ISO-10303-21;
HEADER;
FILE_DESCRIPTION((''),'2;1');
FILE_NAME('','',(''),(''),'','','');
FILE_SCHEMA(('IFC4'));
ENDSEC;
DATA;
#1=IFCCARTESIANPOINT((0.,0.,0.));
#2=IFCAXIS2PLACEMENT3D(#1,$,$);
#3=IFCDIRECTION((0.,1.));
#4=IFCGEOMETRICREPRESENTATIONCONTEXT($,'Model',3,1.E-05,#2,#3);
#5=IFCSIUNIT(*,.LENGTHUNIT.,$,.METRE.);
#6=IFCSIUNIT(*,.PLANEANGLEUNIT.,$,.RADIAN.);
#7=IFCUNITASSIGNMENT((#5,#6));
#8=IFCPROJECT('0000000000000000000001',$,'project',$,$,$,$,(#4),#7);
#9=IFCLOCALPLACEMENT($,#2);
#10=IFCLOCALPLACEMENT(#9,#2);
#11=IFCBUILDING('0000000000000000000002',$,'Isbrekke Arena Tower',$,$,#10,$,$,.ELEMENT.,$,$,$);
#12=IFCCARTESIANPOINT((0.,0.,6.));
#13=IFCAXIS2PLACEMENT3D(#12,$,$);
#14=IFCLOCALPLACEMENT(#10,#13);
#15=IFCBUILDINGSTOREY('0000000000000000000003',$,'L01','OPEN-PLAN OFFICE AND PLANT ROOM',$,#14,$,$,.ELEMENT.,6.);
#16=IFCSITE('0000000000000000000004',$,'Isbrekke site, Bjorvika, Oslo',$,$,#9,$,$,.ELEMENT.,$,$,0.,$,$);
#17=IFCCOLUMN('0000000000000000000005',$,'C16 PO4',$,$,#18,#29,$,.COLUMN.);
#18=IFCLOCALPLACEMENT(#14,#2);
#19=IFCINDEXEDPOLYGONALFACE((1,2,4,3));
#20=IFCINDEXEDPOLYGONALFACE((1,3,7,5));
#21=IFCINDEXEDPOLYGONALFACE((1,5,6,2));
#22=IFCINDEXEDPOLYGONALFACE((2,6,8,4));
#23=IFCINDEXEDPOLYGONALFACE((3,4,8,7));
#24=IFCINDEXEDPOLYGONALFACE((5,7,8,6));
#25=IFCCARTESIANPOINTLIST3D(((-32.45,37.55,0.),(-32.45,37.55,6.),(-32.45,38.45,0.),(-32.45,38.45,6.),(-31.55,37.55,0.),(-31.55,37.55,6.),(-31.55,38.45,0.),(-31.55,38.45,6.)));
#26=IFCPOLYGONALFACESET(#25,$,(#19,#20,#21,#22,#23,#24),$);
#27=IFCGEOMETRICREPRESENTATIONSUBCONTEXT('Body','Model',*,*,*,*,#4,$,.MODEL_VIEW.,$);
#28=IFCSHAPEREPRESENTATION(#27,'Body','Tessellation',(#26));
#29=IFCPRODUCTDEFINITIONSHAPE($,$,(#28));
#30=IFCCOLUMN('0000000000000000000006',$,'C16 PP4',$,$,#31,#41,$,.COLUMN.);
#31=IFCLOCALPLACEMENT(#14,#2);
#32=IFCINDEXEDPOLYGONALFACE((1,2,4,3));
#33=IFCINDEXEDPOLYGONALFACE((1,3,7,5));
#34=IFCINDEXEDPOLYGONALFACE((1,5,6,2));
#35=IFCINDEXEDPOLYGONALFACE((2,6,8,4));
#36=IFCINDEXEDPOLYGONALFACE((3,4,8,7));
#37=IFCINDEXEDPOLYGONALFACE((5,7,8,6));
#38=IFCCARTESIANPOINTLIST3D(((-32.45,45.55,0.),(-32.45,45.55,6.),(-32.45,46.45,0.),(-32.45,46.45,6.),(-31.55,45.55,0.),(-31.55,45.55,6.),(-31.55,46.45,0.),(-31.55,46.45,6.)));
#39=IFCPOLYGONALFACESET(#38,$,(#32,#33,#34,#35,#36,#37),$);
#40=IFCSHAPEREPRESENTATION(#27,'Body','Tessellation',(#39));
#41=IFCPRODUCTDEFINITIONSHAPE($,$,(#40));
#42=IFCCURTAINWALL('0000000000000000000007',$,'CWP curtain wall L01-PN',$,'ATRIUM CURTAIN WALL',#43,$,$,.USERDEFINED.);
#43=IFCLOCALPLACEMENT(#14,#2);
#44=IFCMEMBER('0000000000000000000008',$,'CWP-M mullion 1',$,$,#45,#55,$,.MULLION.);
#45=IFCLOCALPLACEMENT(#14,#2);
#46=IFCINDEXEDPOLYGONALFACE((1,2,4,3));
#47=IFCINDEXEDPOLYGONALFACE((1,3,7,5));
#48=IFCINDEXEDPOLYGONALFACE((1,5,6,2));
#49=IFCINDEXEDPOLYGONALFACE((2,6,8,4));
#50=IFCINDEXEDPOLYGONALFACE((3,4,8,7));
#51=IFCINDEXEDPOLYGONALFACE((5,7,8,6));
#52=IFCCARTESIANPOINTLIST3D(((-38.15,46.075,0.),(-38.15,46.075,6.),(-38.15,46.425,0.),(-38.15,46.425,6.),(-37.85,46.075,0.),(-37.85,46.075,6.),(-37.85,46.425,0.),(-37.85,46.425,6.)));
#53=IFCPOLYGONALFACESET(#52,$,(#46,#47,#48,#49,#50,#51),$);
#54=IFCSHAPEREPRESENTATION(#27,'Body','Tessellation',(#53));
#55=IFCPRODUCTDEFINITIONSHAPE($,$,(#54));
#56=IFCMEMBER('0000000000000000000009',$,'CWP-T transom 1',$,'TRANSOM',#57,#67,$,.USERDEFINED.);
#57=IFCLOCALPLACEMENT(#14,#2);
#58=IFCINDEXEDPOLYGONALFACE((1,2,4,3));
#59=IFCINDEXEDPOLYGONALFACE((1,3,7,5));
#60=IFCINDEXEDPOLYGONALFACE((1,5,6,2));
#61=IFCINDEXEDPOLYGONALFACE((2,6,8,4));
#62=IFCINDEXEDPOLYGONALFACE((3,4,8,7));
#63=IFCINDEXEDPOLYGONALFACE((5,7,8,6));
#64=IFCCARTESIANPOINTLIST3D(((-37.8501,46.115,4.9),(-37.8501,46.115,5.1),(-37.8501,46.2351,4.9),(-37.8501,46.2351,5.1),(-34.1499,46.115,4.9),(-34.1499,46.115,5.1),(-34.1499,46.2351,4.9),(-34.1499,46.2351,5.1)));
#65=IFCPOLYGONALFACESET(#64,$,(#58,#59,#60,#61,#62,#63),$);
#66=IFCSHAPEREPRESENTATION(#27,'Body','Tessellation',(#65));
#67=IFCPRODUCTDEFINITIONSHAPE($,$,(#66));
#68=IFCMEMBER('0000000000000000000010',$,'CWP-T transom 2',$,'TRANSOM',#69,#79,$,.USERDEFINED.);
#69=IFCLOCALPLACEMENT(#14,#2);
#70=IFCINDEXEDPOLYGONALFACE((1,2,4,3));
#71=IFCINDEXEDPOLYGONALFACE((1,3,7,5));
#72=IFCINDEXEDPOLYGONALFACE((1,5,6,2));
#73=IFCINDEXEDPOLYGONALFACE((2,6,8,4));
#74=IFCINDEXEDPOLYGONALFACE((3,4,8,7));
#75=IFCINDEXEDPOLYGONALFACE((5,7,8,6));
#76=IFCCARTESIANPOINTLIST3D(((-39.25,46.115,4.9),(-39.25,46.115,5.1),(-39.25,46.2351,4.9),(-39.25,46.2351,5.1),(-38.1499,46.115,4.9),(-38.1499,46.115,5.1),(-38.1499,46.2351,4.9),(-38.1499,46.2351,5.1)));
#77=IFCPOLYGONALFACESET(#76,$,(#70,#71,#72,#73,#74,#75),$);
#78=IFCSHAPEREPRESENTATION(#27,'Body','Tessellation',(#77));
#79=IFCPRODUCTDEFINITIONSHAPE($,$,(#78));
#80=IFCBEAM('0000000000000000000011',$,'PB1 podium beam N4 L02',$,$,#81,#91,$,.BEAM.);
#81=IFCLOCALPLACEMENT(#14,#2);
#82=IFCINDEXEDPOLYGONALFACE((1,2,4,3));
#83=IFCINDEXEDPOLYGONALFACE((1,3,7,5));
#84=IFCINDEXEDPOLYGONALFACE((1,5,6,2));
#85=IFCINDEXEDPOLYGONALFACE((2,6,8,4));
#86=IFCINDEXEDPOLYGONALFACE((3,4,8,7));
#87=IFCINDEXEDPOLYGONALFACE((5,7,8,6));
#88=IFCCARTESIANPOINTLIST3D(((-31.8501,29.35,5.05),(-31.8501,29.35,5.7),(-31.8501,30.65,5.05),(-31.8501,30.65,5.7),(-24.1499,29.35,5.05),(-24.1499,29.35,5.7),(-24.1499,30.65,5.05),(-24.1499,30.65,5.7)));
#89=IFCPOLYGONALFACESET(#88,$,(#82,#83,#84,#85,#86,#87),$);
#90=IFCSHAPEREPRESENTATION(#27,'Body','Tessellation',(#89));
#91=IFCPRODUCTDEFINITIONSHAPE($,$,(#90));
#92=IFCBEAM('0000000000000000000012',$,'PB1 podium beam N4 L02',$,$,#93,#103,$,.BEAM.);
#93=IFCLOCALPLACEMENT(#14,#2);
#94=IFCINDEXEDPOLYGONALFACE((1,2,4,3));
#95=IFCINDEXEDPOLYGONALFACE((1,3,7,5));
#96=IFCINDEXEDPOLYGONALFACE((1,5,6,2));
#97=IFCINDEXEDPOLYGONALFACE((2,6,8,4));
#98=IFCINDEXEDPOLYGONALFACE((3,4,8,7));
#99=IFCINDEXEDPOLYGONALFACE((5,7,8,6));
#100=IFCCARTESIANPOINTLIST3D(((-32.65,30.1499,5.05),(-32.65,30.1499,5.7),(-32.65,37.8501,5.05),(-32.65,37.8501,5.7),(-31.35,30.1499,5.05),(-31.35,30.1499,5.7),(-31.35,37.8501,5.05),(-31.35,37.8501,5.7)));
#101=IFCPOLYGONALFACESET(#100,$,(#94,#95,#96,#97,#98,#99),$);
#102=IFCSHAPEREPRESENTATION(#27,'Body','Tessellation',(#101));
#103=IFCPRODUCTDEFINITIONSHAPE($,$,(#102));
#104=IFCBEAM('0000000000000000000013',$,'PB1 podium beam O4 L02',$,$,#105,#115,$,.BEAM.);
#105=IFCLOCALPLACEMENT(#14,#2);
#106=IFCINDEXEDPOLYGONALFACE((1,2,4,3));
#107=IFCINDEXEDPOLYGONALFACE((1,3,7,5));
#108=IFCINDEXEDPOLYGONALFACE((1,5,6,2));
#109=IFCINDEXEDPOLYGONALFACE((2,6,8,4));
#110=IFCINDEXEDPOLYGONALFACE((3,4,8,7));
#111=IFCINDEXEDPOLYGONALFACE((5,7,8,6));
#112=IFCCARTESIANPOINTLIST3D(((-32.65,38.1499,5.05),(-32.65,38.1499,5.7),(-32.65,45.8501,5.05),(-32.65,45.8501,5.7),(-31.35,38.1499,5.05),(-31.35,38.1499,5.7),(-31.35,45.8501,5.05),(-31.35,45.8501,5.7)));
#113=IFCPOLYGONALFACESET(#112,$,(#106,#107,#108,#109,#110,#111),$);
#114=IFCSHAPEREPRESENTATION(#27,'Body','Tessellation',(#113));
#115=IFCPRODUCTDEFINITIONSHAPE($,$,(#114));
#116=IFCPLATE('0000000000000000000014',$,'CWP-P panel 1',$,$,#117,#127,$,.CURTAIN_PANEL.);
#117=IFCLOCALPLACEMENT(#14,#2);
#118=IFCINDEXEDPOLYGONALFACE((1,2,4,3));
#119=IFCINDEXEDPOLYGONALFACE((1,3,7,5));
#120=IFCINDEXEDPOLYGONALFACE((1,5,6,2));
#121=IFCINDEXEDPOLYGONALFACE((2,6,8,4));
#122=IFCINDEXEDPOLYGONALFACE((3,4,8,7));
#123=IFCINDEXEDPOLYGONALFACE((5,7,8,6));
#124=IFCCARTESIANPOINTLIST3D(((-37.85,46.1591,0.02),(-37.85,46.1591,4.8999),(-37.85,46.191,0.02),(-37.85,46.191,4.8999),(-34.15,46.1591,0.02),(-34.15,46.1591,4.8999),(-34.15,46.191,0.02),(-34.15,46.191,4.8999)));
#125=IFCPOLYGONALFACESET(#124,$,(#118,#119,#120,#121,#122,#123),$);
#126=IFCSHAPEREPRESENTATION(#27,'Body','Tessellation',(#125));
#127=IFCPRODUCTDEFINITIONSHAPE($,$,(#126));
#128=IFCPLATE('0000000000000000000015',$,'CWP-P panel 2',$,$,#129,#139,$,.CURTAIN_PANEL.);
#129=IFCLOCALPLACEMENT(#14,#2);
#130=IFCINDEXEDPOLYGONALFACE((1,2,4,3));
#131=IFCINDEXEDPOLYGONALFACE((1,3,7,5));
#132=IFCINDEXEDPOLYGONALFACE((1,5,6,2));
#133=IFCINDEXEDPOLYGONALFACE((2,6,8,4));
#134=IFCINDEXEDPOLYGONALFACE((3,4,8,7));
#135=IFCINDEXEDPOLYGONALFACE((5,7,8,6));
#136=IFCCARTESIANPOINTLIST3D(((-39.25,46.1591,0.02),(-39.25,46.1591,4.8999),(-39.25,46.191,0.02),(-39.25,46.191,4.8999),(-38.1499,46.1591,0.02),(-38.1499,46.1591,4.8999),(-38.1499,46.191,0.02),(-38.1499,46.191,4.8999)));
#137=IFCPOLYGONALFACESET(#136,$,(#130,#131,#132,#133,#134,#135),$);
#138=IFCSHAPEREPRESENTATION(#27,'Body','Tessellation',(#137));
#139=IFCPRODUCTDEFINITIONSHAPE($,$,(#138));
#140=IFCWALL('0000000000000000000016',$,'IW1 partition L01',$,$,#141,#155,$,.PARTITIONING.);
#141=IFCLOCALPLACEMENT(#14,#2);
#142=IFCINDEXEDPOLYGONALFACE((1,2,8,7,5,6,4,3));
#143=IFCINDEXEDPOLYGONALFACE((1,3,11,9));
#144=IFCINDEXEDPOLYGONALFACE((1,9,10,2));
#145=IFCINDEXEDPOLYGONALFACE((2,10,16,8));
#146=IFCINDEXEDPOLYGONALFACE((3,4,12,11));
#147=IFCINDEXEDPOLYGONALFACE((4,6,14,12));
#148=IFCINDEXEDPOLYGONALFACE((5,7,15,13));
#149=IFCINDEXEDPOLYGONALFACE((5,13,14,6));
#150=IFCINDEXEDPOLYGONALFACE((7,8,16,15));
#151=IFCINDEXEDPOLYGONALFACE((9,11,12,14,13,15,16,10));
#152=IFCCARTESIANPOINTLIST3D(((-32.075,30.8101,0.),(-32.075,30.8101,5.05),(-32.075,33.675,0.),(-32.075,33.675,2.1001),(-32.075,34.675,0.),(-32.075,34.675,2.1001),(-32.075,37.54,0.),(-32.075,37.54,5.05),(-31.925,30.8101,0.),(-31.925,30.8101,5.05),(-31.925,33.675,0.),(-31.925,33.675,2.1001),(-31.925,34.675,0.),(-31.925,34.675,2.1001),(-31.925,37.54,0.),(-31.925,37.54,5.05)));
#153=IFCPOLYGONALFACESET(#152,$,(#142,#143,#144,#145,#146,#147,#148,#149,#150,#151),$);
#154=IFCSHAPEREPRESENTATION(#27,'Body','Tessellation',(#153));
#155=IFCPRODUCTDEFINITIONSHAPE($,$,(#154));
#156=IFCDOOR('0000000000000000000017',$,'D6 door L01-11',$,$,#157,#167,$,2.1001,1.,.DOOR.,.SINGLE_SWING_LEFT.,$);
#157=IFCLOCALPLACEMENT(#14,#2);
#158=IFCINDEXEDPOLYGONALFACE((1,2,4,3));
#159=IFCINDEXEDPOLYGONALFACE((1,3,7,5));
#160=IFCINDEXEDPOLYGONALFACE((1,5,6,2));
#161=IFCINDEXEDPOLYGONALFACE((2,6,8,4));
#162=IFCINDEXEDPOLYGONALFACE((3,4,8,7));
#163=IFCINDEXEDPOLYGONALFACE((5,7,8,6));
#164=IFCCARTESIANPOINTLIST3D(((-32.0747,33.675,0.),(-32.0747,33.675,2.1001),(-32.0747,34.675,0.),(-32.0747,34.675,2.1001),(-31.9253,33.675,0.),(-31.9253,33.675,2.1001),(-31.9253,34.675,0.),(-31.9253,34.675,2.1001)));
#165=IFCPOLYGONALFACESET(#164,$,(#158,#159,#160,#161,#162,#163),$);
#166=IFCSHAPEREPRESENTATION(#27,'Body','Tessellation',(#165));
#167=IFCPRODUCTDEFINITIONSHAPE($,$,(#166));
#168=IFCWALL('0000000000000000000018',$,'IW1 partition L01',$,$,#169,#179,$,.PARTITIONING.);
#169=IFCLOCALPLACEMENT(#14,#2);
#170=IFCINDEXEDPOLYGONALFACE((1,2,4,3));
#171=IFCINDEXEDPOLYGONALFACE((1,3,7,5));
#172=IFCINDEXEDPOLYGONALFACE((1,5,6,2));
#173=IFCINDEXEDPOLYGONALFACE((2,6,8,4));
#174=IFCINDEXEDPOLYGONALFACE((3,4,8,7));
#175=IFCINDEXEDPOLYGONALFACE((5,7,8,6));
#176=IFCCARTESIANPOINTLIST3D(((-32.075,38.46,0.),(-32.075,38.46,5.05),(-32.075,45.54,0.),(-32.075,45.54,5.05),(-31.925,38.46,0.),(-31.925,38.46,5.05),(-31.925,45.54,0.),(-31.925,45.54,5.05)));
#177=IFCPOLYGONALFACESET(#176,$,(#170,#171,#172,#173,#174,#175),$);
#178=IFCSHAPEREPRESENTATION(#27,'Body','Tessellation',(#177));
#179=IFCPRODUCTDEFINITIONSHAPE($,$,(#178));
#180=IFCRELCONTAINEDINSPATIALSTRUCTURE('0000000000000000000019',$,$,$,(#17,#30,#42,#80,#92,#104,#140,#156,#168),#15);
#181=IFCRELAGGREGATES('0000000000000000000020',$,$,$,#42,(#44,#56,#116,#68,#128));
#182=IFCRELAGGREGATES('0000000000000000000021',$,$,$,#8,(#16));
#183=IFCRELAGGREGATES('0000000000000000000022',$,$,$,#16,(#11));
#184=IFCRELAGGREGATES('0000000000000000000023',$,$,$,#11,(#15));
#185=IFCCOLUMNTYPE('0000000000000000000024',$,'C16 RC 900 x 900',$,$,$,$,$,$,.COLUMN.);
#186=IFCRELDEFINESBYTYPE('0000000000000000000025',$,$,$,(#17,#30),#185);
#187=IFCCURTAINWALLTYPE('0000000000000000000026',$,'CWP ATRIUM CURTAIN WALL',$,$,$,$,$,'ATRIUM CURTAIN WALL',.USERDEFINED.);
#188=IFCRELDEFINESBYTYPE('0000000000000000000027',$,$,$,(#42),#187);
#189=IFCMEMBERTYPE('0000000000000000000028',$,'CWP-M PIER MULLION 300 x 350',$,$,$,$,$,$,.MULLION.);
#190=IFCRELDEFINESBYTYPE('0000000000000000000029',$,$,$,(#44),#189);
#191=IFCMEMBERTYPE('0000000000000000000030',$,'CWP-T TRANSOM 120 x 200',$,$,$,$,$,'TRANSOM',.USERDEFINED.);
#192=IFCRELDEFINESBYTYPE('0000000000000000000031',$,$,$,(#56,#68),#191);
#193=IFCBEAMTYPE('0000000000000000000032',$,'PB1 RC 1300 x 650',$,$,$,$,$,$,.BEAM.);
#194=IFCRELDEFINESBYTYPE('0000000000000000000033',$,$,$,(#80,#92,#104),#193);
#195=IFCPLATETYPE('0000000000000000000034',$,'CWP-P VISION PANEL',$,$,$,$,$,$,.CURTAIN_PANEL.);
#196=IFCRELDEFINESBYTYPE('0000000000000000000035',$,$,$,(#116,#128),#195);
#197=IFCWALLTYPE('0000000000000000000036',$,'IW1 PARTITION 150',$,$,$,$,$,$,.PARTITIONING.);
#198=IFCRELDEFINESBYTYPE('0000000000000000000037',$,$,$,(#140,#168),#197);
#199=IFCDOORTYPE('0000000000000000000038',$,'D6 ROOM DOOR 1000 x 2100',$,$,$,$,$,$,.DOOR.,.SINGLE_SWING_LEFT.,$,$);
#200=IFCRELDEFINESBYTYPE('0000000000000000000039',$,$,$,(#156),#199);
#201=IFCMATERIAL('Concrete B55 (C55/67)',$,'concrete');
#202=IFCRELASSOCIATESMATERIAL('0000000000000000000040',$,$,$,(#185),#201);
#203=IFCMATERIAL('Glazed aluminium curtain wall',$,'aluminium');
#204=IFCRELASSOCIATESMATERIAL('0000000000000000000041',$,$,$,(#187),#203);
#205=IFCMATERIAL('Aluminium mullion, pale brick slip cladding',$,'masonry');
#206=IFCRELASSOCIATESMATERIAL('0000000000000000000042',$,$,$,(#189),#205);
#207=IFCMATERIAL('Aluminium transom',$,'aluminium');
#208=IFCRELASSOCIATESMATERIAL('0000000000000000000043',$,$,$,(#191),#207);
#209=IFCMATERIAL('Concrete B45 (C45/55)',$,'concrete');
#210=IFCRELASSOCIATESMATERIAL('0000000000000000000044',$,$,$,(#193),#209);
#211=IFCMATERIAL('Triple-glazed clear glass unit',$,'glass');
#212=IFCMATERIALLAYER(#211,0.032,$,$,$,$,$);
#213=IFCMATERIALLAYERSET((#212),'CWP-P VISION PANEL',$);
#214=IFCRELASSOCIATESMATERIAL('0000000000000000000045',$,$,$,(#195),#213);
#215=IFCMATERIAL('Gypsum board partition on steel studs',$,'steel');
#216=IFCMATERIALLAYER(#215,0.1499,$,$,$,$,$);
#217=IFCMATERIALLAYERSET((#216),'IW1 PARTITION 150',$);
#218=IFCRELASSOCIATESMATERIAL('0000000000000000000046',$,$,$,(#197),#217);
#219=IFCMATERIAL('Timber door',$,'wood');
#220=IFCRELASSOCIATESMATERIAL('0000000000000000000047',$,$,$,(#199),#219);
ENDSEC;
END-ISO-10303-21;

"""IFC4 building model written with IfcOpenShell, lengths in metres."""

from ifc_helpers import new_model, si_unit, direction, frame, frame_2d, origin, origin_2d, place, context, subcontext, project, spatial, rectangle, extrude, material, layer, layer_set, material_profile, profile_set, type_object, element, fill, aggregate, save


model = new_model("IFC4")

# Units and contexts
model_context = context("Model", 3, precision=1e-05, world=origin(), true_north=direction((0.0, 1.0)))
body_context = subcontext(model_context, "Body", "Model", "MODEL_VIEW")
ifc_project = project(units=[si_unit("LENGTHUNIT", "METRE"), si_unit("PLANEANGLEUNIT", "RADIAN")], contexts=[model_context])

# Site, building, storey
site_placement = place(None, origin())
site = spatial("IfcSite", under=ifc_project, at=site_placement, Name="Isbrekke site, Bjorvika, Oslo", CompositionType="ELEMENT", RefElevation=0.0)
building_placement = place(site_placement, origin())
building = spatial("IfcBuilding", under=site, at=building_placement, Name="Isbrekke Arena Tower", CompositionType="ELEMENT")
storey_placement = place(building_placement, frame((0.0, 0.0, 6.0)))
storey = spatial("IfcBuildingStorey", under=building, at=storey_placement, Name="L01", Description="OPEN-PLAN OFFICE AND PLANT ROOM", CompositionType="ELEMENT", Elevation=6.0)

# Columns
ifc_material_1 = material(Name="Concrete B55 (C55/67)", Category="concrete")
ifc_material_profile_1 = material_profile(ifc_material_1, rectangle(XDim=0.8999, YDim=0.8999, at=origin_2d()), Name="RC 900x900")
ifc_profile_set_1 = profile_set([ifc_material_profile_1], Name="Concrete B55 (C55/67)")
column_type = type_object("IfcColumnType", Name="C16 RC 900 x 900", PredefinedType="COLUMN", material=ifc_profile_set_1)
for number, where, z_axis, x_axis, name in (
    (1, (-32.0, 38.0, 0.0), (0.0, 0.0, 1.0), (1.0, 0.0, 0.0), "C16 PO4"),
    (2, (-32.0, 46.0, 0.0), (0.0, 0.0, 1.0), (1.0, 0.0, 0.0), "C16 PP4"),
):
    element("IfcColumn", number, at=place(storey_placement, frame(where, z_axis=z_axis, x_axis=x_axis)), inside=storey, type_object=column_type, Name=name, PredefinedType="COLUMN", context=body_context, shape_type="SweptSolid", body=[
        extrude(rectangle(XDim=0.8999, YDim=0.8999, at=origin_2d()), origin(), (0.0, 0.0, 1.0), 6.0),
    ])

# Curtain wall, members
ifc_material_2 = material(Name="Glazed aluminium curtain wall", Category="aluminium")
curtain_wall_type = type_object("IfcCurtainWallType", Name="CWP ATRIUM CURTAIN WALL", ElementType="ATRIUM CURTAIN WALL", PredefinedType="USERDEFINED", material=ifc_material_2)
curtain_wall_placement = place(storey_placement, origin())
curtain_wall = element("IfcCurtainWall", 3, at=curtain_wall_placement, inside=storey, type_object=curtain_wall_type, Name="CWP curtain wall L01-PN", ObjectType="ATRIUM CURTAIN WALL", PredefinedType="USERDEFINED")
ifc_material_3 = material(Name="Aluminium mullion, pale brick slip cladding", Category="masonry")
ifc_material_profile_2 = material_profile(ifc_material_3, rectangle(XDim=0.3, YDim=0.3501, at=origin_2d()), Name="PIER 300X350")
ifc_profile_set_2 = profile_set([ifc_material_profile_2], Name="Aluminium mullion, pale brick slip cladding")
member_type_1 = type_object("IfcMemberType", Name="CWP-M PIER MULLION 300 x 350", PredefinedType="MULLION", material=ifc_profile_set_2)
member_1_placement = place(storey_placement, frame((-38.0, 46.25, 0.0), z_axis=(0.0, 0.0, 1.0), x_axis=(-1.0, 0.0, 0.0)))
member_1 = element("IfcMember", 4, at=member_1_placement, type_object=member_type_1, Name="CWP-M mullion 1", PredefinedType="MULLION", context=body_context, shape_type="SweptSolid", body=[
    extrude(rectangle(XDim=0.3, YDim=0.3501, at=origin_2d()), origin(), (0.0, 0.0, 1.0), 6.0),
])
ifc_material_4 = material(Name="Aluminium transom", Category="aluminium")
ifc_material_profile_3 = material_profile(ifc_material_4, rectangle(XDim=0.1201, YDim=0.2, at=origin_2d()), Name="TRANSOM 120X200")
ifc_profile_set_3 = profile_set([ifc_material_profile_3], Name="Aluminium transom")
member_type_2 = type_object("IfcMemberType", Name="CWP-T TRANSOM 120 x 200", ElementType="TRANSOM", PredefinedType="USERDEFINED", material=ifc_profile_set_3)
member_2_placement = place(storey_placement, frame((-34.1499, 46.175, 5.0), z_axis=(-1.0, 0.0, 0.0), x_axis=(0.0, -1.0, 0.0)))
member_2 = element("IfcMember", 5, at=member_2_placement, type_object=member_type_2, Name="CWP-T transom 1", ObjectType="TRANSOM", PredefinedType="USERDEFINED", context=body_context, shape_type="SweptSolid", body=[
    extrude(rectangle(XDim=0.1201, YDim=0.2, at=origin_2d()), origin(), (0.0, 0.0, 1.0), 3.7002),
])
member_3_placement = place(storey_placement, frame((-38.1499, 46.175, 5.0), z_axis=(-1.0, 0.0, 0.0), x_axis=(0.0, -1.0, 0.0)))
member_3 = element("IfcMember", 6, at=member_3_placement, type_object=member_type_2, Name="CWP-T transom 2", ObjectType="TRANSOM", PredefinedType="USERDEFINED", context=body_context, shape_type="SweptSolid", body=[
    extrude(rectangle(XDim=0.1201, YDim=0.2, at=origin_2d()), origin(), (0.0, 0.0, 1.0), 1.1001),
])

# Beams
ifc_material_5 = material(Name="Concrete B45 (C45/55)", Category="concrete")
ifc_material_profile_4 = material_profile(ifc_material_5, rectangle(XDim=1.3, YDim=0.6499, at=origin_2d()), Name="RC 1300x650")
ifc_profile_set_4 = profile_set([ifc_material_profile_4], Name="Concrete B45 (C45/55)")
beam_type = type_object("IfcBeamType", Name="PB1 RC 1300 x 650", PredefinedType="BEAM", material=ifc_profile_set_4)
for number, where, z_axis, x_axis, name in (
    (7, (-31.8501, 30.0, 5.375), (1.0, 0.0, 0.0), (0.0, 1.0, 0.0), "PB1 podium beam N4 L02"),
    (8, (-32.0, 30.1499, 5.375), (0.0, 1.0, 0.0), (-1.0, 0.0, 0.0), "PB1 podium beam N4 L02"),
    (9, (-32.0, 38.1499, 5.375), (0.0, 1.0, 0.0), (-1.0, 0.0, 0.0), "PB1 podium beam O4 L02"),
):
    element("IfcBeam", number, at=place(storey_placement, frame(where, z_axis=z_axis, x_axis=x_axis)), inside=storey, type_object=beam_type, Name=name, PredefinedType="BEAM", context=body_context, shape_type="SweptSolid", body=[
        extrude(rectangle(XDim=1.3, YDim=0.6499, at=origin_2d()), origin(), (0.0, 0.0, 1.0), 7.7002),
    ])

# Plates
ifc_material_6 = material(Name="Triple-glazed clear glass unit", Category="glass")
ifc_layer_1 = layer(ifc_material_6, 0.032)
ifc_layer_set_1 = layer_set([ifc_layer_1], Name="CWP-P VISION PANEL")
plate_type = type_object("IfcPlateType", Name="CWP-P VISION PANEL", PredefinedType="CURTAIN_PANEL", material=ifc_layer_set_1)
plate_1_placement = place(storey_placement, frame((-36.0, 46.175, 0.02), z_axis=(0.0, 0.0, 1.0), x_axis=(-1.0, 0.0, 0.0)))
plate_1 = element("IfcPlate", 10, at=plate_1_placement, type_object=plate_type, Name="CWP-P panel 1", PredefinedType="CURTAIN_PANEL", context=body_context, shape_type="SweptSolid", body=[
    extrude(rectangle(XDim=3.7, YDim=0.032, at=origin_2d()), origin(), (0.0, 0.0, 1.0), 4.8799),
])
plate_2_placement = place(storey_placement, frame((-38.7, 46.175, 0.02), z_axis=(0.0, 0.0, 1.0), x_axis=(-1.0, 0.0, 0.0)))
plate_2 = element("IfcPlate", 11, at=plate_2_placement, type_object=plate_type, Name="CWP-P panel 2", PredefinedType="CURTAIN_PANEL", context=body_context, shape_type="SweptSolid", body=[
    extrude(rectangle(XDim=1.1001, YDim=0.032, at=origin_2d()), origin(), (0.0, 0.0, 1.0), 4.8799),
])
aggregate(curtain_wall, [member_1, member_2, plate_1, member_3, plate_2])

# Wall, opening, door
ifc_material_7 = material(Name="Gypsum board partition on steel studs", Category="steel")
ifc_layer_2 = layer(ifc_material_7, 0.1499)
ifc_layer_set_2 = layer_set([ifc_layer_2], Name="IW1 PARTITION 150")
wall_type_1 = type_object("IfcWallType", Name="IW1 PARTITION 150", PredefinedType="PARTITIONING", material=ifc_layer_set_2)
wall_1_placement = place(storey_placement, frame((-32.0, 30.8101, 0.0), z_axis=(0.0, 0.0, 1.0), x_axis=(0.0, 1.0, 0.0)))
wall_1 = element("IfcWall", 12, at=wall_1_placement, inside=storey, type_object=wall_type_1, Name="IW1 partition L01", PredefinedType="PARTITIONING", context=body_context, shape_type="SweptSolid", body=[
    extrude(rectangle(XDim=6.73, YDim=0.1499, at=frame_2d((3.365, 0.0))), origin(), (0.0, 0.0, 1.0), 5.05),
])
opening_placement = place(wall_1_placement, frame((2.865, 0.0, 0.0)))
opening = element("IfcOpeningElement", 13, at=opening_placement, cuts=wall_1, PredefinedType="OPENING", context=body_context, shape_type="SweptSolid", body=[
    extrude(rectangle(XDim=1.0, YDim=2.1001, at=frame_2d((0.5, 1.05))), frame((0.0, 0.0898, 0.0), z_axis=(0.0, -1.0, 0.0), x_axis=(1.0, 0.0, 0.0)), (0.0, 0.0, 1.0), 0.1797),
])
ifc_material_8 = material(Name="Timber door", Category="wood")
door_type = type_object("IfcDoorType", Name="D6 ROOM DOOR 1000 x 2100", OperationType="SINGLE_SWING_LEFT", PredefinedType="DOOR", material=ifc_material_8)
door_placement = place(opening_placement, origin())
door = element("IfcDoor", 14, at=door_placement, inside=storey, type_object=door_type, Name="D6 door L01-11", OperationType="SINGLE_SWING_LEFT", OverallHeight=2.1001, OverallWidth=1.0, PredefinedType="DOOR", context=body_context, shape_type="SweptSolid", body=[
    extrude(rectangle(XDim=1.0, YDim=2.1001, at=frame_2d((0.5, 1.05))), frame((0.0, 0.0747, 0.0), z_axis=(0.0, -1.0, 0.0), x_axis=(1.0, 0.0, 0.0)), (0.0, 0.0, 1.0), 0.1494),
])
fill(opening, door)

# Wall
wall_2_placement = place(storey_placement, frame((-32.0, 38.46, 0.0), z_axis=(0.0, 0.0, 1.0), x_axis=(0.0, 1.0, 0.0)))
element("IfcWall", 15, at=wall_2_placement, inside=storey, type_object=wall_type_1, Name="IW1 partition L01", PredefinedType="PARTITIONING", context=body_context, shape_type="SweptSolid", body=[
    extrude(rectangle(XDim=7.0801, YDim=0.1499, at=frame_2d((3.54, 0.0))), origin(), (0.0, 0.0, 1.0), 5.05),
])

save(model, "model.ifc")
